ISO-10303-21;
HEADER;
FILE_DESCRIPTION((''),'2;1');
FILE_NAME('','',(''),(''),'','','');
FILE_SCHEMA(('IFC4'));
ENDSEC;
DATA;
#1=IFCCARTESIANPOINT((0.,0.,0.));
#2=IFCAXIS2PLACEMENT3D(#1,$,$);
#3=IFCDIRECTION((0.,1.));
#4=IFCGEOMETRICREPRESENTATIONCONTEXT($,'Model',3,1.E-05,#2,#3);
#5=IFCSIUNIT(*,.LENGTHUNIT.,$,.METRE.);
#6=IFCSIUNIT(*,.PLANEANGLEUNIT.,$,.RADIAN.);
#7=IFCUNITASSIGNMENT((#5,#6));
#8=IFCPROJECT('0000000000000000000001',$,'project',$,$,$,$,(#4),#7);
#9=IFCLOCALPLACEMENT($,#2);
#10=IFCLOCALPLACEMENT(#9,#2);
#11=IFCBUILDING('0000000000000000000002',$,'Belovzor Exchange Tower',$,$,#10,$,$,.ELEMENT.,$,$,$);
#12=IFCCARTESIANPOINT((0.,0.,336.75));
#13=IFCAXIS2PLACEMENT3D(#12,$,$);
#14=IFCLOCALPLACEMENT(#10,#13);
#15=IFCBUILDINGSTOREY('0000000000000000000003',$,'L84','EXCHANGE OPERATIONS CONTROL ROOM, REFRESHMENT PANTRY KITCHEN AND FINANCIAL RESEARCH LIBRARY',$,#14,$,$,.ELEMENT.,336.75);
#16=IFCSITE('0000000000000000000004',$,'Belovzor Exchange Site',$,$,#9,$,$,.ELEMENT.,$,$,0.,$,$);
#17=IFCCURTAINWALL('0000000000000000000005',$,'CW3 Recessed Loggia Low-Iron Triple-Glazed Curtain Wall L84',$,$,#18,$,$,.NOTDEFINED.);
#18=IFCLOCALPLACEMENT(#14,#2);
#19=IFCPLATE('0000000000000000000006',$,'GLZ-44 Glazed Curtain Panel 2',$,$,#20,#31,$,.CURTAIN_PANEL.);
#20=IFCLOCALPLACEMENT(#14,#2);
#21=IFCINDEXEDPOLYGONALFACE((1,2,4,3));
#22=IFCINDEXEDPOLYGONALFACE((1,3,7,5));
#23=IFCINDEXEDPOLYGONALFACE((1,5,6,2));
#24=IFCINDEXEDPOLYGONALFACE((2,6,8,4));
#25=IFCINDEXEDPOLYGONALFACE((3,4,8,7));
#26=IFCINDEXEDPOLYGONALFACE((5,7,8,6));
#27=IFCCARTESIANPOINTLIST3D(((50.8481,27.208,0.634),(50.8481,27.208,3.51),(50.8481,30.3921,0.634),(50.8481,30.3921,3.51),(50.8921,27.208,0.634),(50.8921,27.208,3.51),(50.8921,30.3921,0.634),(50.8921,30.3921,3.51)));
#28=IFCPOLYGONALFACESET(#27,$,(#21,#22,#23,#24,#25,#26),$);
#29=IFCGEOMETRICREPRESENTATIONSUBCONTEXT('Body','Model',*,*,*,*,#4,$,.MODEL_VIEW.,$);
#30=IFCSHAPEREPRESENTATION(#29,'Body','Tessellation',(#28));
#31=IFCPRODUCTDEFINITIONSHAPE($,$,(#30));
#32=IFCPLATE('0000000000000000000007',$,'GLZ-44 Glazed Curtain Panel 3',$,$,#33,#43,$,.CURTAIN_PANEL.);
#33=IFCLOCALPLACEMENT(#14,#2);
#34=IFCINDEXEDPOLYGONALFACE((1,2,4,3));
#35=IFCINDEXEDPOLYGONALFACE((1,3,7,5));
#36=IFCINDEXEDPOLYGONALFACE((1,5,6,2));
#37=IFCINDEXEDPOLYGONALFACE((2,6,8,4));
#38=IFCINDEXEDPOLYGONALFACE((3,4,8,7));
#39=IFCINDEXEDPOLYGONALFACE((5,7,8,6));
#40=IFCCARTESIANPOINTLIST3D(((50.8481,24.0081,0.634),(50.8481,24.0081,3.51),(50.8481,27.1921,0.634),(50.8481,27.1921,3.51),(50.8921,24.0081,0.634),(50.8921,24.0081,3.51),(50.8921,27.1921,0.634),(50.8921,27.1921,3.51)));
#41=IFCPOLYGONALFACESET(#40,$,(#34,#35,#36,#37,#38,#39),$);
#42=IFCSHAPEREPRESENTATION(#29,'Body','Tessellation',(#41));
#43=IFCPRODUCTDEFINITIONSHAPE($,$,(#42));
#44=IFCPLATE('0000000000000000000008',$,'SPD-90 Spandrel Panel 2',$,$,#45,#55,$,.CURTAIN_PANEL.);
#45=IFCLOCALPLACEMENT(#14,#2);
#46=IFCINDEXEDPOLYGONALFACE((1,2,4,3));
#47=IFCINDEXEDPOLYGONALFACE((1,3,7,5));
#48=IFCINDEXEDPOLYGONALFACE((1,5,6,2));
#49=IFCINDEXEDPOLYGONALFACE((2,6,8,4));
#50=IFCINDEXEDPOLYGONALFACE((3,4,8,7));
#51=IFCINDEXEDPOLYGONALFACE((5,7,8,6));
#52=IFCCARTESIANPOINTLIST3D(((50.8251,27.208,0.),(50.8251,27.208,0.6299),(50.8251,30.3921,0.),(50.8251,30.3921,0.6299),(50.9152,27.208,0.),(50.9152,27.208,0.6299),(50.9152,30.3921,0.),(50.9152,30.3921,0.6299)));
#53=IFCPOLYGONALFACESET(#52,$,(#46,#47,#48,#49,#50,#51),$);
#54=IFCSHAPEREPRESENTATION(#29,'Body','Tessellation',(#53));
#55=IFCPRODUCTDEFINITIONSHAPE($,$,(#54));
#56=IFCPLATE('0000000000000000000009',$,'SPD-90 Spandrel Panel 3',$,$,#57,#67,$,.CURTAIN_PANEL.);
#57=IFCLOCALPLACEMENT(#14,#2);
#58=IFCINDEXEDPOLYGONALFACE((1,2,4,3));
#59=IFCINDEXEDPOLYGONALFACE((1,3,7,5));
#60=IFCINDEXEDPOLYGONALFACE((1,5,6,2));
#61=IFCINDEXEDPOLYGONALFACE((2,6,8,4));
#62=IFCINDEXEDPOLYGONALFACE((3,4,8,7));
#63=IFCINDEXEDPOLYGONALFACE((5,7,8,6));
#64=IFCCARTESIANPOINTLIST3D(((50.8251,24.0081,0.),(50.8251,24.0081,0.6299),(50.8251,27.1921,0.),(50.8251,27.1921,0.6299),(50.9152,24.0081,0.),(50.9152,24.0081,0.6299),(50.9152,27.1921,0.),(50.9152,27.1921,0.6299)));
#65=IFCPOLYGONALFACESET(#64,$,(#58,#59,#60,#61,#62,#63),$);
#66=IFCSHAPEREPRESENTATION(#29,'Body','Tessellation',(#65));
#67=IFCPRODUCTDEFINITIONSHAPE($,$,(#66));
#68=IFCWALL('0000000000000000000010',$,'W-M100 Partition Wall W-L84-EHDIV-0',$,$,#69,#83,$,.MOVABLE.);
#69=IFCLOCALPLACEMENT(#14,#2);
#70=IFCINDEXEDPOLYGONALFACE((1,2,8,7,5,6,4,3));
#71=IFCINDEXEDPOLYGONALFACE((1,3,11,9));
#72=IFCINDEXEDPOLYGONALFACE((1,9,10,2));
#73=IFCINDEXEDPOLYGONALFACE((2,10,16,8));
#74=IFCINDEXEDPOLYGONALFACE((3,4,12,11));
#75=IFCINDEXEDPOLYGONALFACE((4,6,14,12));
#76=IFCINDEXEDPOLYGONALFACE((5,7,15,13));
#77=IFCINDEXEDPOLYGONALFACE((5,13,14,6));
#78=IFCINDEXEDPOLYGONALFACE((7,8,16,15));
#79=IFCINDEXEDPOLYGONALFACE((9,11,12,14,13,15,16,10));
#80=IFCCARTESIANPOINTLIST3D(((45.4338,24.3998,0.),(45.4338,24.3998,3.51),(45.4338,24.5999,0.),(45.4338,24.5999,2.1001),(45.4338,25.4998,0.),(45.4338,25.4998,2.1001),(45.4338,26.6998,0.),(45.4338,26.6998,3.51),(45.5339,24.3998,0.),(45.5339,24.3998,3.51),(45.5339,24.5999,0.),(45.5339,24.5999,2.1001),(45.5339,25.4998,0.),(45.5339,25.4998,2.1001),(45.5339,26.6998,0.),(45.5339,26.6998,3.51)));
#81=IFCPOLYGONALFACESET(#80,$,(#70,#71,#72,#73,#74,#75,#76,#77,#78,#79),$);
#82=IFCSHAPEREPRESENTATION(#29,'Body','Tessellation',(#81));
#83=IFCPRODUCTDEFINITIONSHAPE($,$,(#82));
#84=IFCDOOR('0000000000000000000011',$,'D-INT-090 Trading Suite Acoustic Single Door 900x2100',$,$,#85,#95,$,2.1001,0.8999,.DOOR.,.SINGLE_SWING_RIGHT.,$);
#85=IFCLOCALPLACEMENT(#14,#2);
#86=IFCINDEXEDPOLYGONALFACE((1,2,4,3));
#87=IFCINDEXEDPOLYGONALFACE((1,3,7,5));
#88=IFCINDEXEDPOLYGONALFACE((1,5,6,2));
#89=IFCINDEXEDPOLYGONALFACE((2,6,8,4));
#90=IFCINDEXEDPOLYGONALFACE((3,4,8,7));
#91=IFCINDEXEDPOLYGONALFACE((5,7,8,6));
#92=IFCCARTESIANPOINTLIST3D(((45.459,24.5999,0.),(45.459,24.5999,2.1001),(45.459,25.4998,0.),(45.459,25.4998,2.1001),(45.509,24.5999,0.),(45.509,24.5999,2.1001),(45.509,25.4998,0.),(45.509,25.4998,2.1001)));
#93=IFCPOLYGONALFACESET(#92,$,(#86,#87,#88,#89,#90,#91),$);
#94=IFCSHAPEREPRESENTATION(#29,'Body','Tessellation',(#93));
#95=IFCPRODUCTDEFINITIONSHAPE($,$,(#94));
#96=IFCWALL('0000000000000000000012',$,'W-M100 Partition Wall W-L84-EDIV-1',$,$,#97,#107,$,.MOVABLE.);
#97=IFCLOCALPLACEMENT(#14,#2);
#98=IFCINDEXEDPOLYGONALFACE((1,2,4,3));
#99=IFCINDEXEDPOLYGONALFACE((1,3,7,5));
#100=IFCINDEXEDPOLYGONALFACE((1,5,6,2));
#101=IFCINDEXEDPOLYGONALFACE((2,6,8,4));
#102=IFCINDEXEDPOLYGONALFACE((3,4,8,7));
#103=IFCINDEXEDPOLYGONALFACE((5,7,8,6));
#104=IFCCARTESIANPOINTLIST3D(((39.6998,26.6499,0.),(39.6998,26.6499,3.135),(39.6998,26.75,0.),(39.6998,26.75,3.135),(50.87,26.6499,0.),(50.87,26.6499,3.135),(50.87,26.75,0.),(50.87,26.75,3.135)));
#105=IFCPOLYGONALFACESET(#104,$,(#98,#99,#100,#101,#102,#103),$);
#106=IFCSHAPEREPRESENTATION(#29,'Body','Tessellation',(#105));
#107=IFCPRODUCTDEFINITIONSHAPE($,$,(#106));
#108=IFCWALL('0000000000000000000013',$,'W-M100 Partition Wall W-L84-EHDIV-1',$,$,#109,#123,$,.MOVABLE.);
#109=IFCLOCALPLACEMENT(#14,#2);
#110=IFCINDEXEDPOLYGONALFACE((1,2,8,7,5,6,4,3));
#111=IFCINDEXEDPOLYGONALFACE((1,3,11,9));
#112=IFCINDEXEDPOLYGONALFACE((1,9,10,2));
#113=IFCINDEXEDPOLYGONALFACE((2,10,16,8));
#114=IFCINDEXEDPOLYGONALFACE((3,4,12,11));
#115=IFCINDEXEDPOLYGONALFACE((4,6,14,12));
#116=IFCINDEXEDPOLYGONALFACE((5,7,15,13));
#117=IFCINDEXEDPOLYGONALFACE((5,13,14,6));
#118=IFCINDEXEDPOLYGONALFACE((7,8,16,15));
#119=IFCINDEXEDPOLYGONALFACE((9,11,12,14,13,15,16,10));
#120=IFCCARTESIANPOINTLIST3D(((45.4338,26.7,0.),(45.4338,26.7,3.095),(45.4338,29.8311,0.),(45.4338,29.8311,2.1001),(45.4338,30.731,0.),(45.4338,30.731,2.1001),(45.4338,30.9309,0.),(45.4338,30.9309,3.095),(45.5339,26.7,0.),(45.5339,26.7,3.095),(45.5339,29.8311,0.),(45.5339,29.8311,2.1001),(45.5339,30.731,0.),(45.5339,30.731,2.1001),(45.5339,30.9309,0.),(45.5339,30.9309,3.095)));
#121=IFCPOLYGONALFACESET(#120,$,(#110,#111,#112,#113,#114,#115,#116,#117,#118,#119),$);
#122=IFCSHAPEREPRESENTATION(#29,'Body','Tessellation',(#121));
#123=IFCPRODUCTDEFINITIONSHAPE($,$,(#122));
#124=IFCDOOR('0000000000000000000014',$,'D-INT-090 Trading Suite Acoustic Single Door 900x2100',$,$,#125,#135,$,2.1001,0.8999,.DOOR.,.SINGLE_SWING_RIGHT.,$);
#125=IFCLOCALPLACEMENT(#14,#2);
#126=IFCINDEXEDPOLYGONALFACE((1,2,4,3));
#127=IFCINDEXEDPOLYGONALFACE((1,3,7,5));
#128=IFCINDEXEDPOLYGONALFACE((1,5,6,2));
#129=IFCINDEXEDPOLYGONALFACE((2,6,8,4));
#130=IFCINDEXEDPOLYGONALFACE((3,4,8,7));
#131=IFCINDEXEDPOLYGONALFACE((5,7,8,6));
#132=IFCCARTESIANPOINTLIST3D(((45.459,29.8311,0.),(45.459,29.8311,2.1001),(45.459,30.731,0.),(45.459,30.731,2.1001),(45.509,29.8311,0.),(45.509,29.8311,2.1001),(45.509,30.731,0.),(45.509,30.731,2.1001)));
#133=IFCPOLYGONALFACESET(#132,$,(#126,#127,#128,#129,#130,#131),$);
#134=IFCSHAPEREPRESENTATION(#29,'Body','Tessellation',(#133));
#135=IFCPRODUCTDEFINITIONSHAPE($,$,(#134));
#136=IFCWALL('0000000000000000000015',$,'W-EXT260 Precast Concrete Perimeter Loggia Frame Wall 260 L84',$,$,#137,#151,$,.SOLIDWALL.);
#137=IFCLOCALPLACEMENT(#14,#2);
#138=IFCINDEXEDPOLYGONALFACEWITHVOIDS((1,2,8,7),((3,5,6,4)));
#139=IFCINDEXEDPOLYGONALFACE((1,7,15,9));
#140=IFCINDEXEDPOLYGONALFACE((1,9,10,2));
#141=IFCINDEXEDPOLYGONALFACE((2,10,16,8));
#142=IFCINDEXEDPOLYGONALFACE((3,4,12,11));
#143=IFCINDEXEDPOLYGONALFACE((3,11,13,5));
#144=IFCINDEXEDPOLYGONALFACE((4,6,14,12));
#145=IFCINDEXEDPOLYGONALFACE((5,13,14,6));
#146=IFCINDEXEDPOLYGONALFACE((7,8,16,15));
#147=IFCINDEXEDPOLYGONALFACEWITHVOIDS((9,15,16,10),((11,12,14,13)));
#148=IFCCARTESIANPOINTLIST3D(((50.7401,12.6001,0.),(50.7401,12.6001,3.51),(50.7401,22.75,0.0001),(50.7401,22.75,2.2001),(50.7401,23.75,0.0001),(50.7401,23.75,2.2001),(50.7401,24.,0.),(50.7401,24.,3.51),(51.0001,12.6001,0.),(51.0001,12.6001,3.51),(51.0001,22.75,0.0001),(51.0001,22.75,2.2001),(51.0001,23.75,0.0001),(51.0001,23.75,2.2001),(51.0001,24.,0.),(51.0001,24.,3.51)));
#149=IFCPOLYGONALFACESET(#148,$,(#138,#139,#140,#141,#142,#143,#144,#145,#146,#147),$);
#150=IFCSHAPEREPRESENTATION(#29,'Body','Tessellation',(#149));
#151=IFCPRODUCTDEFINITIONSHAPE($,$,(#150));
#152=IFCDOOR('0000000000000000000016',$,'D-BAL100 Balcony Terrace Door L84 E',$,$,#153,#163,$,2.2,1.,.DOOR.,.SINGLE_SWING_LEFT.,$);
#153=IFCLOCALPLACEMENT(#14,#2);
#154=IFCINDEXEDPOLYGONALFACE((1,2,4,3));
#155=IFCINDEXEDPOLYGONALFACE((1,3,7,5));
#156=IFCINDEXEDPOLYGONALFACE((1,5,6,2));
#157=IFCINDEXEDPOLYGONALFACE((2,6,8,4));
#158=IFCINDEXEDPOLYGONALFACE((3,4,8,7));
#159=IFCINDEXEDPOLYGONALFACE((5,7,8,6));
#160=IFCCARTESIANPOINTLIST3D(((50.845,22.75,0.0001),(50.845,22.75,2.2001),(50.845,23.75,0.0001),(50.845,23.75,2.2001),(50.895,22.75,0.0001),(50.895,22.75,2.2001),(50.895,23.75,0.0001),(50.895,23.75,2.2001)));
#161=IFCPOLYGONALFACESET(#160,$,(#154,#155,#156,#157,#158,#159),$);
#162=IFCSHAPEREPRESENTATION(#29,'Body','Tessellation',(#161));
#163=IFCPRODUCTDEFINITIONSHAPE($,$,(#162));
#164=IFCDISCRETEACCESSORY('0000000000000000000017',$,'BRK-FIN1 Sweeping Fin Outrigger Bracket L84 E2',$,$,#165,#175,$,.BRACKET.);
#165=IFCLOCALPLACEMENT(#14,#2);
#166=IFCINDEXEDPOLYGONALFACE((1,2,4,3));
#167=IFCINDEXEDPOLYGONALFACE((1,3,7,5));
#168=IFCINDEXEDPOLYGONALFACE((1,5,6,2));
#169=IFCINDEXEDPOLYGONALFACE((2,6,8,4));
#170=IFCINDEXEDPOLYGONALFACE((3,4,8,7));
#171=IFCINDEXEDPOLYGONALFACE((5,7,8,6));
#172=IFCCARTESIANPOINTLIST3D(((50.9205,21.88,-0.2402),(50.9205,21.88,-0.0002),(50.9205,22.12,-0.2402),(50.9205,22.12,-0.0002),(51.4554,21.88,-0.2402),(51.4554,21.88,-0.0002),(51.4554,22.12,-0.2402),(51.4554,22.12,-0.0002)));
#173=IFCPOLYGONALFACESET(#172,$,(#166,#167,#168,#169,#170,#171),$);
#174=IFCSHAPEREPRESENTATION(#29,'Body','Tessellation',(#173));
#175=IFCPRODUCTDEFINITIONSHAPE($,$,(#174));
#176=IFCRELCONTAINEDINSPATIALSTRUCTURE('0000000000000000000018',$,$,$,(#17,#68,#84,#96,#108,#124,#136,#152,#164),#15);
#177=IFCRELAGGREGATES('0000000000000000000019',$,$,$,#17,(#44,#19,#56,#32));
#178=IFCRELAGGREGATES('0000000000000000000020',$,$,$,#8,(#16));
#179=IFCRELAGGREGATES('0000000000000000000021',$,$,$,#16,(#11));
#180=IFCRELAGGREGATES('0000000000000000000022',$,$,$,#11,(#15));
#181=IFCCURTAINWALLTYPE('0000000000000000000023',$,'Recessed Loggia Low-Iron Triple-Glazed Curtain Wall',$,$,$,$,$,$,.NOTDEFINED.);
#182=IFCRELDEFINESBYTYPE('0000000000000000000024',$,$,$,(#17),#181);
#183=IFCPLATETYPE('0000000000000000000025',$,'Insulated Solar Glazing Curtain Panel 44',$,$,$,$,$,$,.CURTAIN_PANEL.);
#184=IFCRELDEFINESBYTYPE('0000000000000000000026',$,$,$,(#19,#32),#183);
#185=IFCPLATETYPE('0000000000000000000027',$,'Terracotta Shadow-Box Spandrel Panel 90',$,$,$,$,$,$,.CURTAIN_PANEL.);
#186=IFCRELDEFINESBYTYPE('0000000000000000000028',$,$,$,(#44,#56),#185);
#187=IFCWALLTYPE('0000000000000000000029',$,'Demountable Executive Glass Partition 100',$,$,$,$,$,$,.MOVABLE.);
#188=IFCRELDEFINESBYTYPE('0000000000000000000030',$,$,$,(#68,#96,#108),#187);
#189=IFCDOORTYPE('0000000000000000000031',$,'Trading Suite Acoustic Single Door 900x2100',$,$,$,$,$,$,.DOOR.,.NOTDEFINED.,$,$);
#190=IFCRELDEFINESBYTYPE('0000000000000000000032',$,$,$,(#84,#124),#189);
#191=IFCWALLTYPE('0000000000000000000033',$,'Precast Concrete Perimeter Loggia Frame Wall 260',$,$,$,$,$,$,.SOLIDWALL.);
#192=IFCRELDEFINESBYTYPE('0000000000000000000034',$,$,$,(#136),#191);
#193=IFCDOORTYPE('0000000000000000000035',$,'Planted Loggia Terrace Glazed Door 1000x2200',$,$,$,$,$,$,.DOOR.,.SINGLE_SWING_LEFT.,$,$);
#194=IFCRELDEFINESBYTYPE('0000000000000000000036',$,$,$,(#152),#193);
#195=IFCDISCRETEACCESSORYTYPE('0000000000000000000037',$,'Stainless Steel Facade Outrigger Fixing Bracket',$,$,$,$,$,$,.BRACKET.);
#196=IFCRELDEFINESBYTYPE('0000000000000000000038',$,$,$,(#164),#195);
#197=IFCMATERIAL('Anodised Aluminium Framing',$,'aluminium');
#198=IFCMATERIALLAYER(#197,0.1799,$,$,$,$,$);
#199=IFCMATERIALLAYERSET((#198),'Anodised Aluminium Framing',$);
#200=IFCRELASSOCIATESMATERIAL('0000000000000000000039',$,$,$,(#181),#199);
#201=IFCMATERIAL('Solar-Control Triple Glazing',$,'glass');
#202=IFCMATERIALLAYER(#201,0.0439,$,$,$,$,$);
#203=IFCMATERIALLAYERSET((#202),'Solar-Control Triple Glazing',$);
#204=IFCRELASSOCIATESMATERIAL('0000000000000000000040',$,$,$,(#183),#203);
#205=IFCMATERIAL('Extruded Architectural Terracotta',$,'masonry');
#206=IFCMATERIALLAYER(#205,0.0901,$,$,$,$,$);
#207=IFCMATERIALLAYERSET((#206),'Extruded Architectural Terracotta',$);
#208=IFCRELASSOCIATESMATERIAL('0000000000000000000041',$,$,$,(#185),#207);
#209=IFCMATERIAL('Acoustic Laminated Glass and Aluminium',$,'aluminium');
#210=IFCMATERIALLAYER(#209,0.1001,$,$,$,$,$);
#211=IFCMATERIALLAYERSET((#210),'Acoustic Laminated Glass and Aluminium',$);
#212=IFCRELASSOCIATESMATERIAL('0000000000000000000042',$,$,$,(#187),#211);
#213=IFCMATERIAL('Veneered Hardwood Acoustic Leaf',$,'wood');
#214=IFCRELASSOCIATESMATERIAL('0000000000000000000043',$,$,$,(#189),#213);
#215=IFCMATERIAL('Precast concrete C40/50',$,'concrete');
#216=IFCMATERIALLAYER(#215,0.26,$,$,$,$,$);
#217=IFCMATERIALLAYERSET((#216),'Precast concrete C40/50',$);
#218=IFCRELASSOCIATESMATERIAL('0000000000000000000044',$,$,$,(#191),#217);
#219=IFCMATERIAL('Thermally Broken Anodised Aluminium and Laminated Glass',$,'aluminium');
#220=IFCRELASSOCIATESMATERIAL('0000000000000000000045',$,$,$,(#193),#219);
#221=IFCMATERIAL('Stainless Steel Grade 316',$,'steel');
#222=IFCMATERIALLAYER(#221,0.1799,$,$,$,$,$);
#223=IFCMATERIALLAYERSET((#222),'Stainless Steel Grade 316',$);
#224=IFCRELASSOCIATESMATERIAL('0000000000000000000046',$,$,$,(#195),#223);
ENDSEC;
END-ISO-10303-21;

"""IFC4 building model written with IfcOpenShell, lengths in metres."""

from ifc_helpers import new_model, si_unit, direction, frame, frame_2d, origin, origin_2d, place, context, subcontext, project, spatial, rectangle, extrude, material, layer, layer_set, type_object, element, fill, aggregate, save


model = new_model("IFC4")

# Units and contexts
model_context = context("Model", 3, precision=1e-05, world=origin(), true_north=direction((0.0, 1.0)))
body_context = subcontext(model_context, "Body", "Model", "MODEL_VIEW")
ifc_project = project(units=[si_unit("LENGTHUNIT", "METRE"), si_unit("PLANEANGLEUNIT", "RADIAN")], contexts=[model_context])

# Site, building, storey
site_placement = place(None, origin())
site = spatial("IfcSite", under=ifc_project, at=site_placement, Name="Belovzor Exchange Site", CompositionType="ELEMENT", RefElevation=0.0)
building_placement = place(site_placement, origin())
building = spatial("IfcBuilding", under=site, at=building_placement, Name="Belovzor Exchange Tower", CompositionType="ELEMENT")
storey_placement = place(building_placement, frame((0.0, 0.0, 336.75)))
storey = spatial("IfcBuildingStorey", under=building, at=storey_placement, Name="L84", Description="EXCHANGE OPERATIONS CONTROL ROOM, REFRESHMENT PANTRY KITCHEN AND FINANCIAL RESEARCH LIBRARY", CompositionType="ELEMENT", Elevation=336.75)

# Curtain wall
ifc_material_1 = material(Name="Anodised Aluminium Framing", Category="aluminium")
ifc_layer_1 = layer(ifc_material_1, 0.1799)
ifc_layer_set_1 = layer_set([ifc_layer_1], Name="Anodised Aluminium Framing")
curtain_wall_type = type_object("IfcCurtainWallType", Name="Recessed Loggia Low-Iron Triple-Glazed Curtain Wall", PredefinedType="NOTDEFINED", material=ifc_layer_set_1)
curtain_wall_placement = place(storey_placement, origin())
curtain_wall = element("IfcCurtainWall", 1, at=curtain_wall_placement, inside=storey, type_object=curtain_wall_type, Name="CW3 Recessed Loggia Low-Iron Triple-Glazed Curtain Wall L84", PredefinedType="NOTDEFINED")

# Plates
ifc_material_2 = material(Name="Solar-Control Triple Glazing", Category="glass")
ifc_layer_2 = layer(ifc_material_2, 0.0439)
ifc_layer_set_2 = layer_set([ifc_layer_2], Name="Solar-Control Triple Glazing")
plate_type_1 = type_object("IfcPlateType", Name="Insulated Solar Glazing Curtain Panel 44", PredefinedType="CURTAIN_PANEL", material=ifc_layer_set_2)
plate_1_placement = place(storey_placement, frame((50.8701, 28.8, 0.634), z_axis=(0.0, 0.0, 1.0), x_axis=(0.0, -1.0, 0.0)))
plate_1 = element("IfcPlate", 2, at=plate_1_placement, type_object=plate_type_1, Name="GLZ-44 Glazed Curtain Panel 2", PredefinedType="CURTAIN_PANEL", context=body_context, shape_type="SweptSolid", body=[
    extrude(rectangle(XDim=3.1841, YDim=0.0439, at=origin_2d()), origin(), (0.0, 0.0, 1.0), 2.876),
])
plate_2_placement = place(storey_placement, frame((50.8701, 25.6001, 0.634), z_axis=(0.0, 0.0, 1.0), x_axis=(0.0, -1.0, 0.0)))
plate_2 = element("IfcPlate", 3, at=plate_2_placement, type_object=plate_type_1, Name="GLZ-44 Glazed Curtain Panel 3", PredefinedType="CURTAIN_PANEL", context=body_context, shape_type="SweptSolid", body=[
    extrude(rectangle(XDim=3.1841, YDim=0.0439, at=origin_2d()), origin(), (0.0, 0.0, 1.0), 2.876),
])
ifc_material_3 = material(Name="Extruded Architectural Terracotta", Category="masonry")
ifc_layer_3 = layer(ifc_material_3, 0.0901)
ifc_layer_set_3 = layer_set([ifc_layer_3], Name="Extruded Architectural Terracotta")
plate_type_2 = type_object("IfcPlateType", Name="Terracotta Shadow-Box Spandrel Panel 90", PredefinedType="CURTAIN_PANEL", material=ifc_layer_set_3)
plate_3_placement = place(storey_placement, frame((50.8701, 28.8, 0.0), z_axis=(0.0, 0.0, 1.0), x_axis=(0.0, -1.0, 0.0)))
plate_3 = element("IfcPlate", 4, at=plate_3_placement, type_object=plate_type_2, Name="SPD-90 Spandrel Panel 2", PredefinedType="CURTAIN_PANEL", context=body_context, shape_type="SweptSolid", body=[
    extrude(rectangle(XDim=3.1841, YDim=0.0901, at=origin_2d()), origin(), (0.0, 0.0, 1.0), 0.6299),
])
plate_4_placement = place(storey_placement, frame((50.8701, 25.6001, 0.0), z_axis=(0.0, 0.0, 1.0), x_axis=(0.0, -1.0, 0.0)))
plate_4 = element("IfcPlate", 5, at=plate_4_placement, type_object=plate_type_2, Name="SPD-90 Spandrel Panel 3", PredefinedType="CURTAIN_PANEL", context=body_context, shape_type="SweptSolid", body=[
    extrude(rectangle(XDim=3.1841, YDim=0.0901, at=origin_2d()), origin(), (0.0, 0.0, 1.0), 0.6299),
])
aggregate(curtain_wall, [plate_3, plate_1, plate_4, plate_2])

# Wall, opening, door
ifc_material_4 = material(Name="Acoustic Laminated Glass and Aluminium", Category="aluminium")
ifc_layer_4 = layer(ifc_material_4, 0.1001)
ifc_layer_set_4 = layer_set([ifc_layer_4], Name="Acoustic Laminated Glass and Aluminium")
wall_type_1 = type_object("IfcWallType", Name="Demountable Executive Glass Partition 100", PredefinedType="MOVABLE", material=ifc_layer_set_4)
wall_1_placement = place(storey_placement, frame((45.4839, 24.3999, 0.0), z_axis=(0.0, 0.0, 1.0), x_axis=(0.0, 1.0, 0.0)))
wall_1 = element("IfcWall", 6, at=wall_1_placement, inside=storey, type_object=wall_type_1, Name="W-M100 Partition Wall W-L84-EHDIV-0", PredefinedType="MOVABLE", context=body_context, shape_type="SweptSolid", body=[
    extrude(rectangle(XDim=2.3, YDim=0.1001, at=frame_2d((1.1499, 0.0))), origin(), (0.0, 0.0, 1.0), 3.51),
])
opening_1_placement = place(wall_1_placement, frame((0.2, 0.0, 0.0)))
opening_1 = element("IfcOpeningElement", 7, at=opening_1_placement, cuts=wall_1, PredefinedType="OPENING", context=body_context, shape_type="SweptSolid", body=[
    extrude(rectangle(XDim=0.8999, YDim=2.1001, at=frame_2d((0.45, 1.05))), frame((0.0, 0.0601, 0.0), z_axis=(0.0, -1.0, 0.0), x_axis=(1.0, 0.0, 0.0)), (0.0, 0.0, 1.0), 0.1201),
])
ifc_material_5 = material(Name="Veneered Hardwood Acoustic Leaf", Category="wood")
door_type_1 = type_object("IfcDoorType", Name="Trading Suite Acoustic Single Door 900x2100", OperationType="NOTDEFINED", PredefinedType="DOOR", material=ifc_material_5)
door_1_placement = place(opening_1_placement, origin())
door_1 = element("IfcDoor", 8, at=door_1_placement, inside=storey, type_object=door_type_1, Name="D-INT-090 Trading Suite Acoustic Single Door 900x2100", OperationType="SINGLE_SWING_RIGHT", OverallHeight=2.1001, OverallWidth=0.8999, PredefinedType="DOOR", context=body_context, shape_type="SweptSolid", body=[
    extrude(rectangle(XDim=0.8999, YDim=2.1001, at=frame_2d((0.45, 1.05))), frame((0.0, 0.0249, 0.0), z_axis=(0.0, -1.0, 0.0), x_axis=(1.0, 0.0, 0.0)), (0.0, 0.0, 1.0), 0.05),
])
fill(opening_1, door_1)

# Wall
wall_2_placement = place(storey_placement, frame((39.7, 26.7, 0.0), z_axis=(0.0, 0.0, 1.0), x_axis=(1.0, 0.0, 0.0)))
element("IfcWall", 9, at=wall_2_placement, inside=storey, type_object=wall_type_1, Name="W-M100 Partition Wall W-L84-EDIV-1", PredefinedType="MOVABLE", context=body_context, shape_type="SweptSolid", body=[
    extrude(rectangle(XDim=11.1702, YDim=0.1001, at=frame_2d((5.585, 0.0))), origin(), (0.0, 0.0, 1.0), 3.135),
])

# Walls, openings, doors
wall_3_placement = place(storey_placement, frame((45.4839, 26.7, 0.0), z_axis=(0.0, 0.0, 1.0), x_axis=(0.0, 1.0, 0.0)))
wall_3 = element("IfcWall", 10, at=wall_3_placement, inside=storey, type_object=wall_type_1, Name="W-M100 Partition Wall W-L84-EHDIV-1", PredefinedType="MOVABLE", context=body_context, shape_type="SweptSolid", body=[
    extrude(rectangle(XDim=4.231, YDim=0.1001, at=frame_2d((2.1155, 0.0))), origin(), (0.0, 0.0, 1.0), 3.095),
])
opening_2_placement = place(wall_3_placement, frame((3.1311, 0.0, 0.0)))
opening_2 = element("IfcOpeningElement", 11, at=opening_2_placement, cuts=wall_3, PredefinedType="OPENING", context=body_context, shape_type="SweptSolid", body=[
    extrude(rectangle(XDim=0.8999, YDim=2.1001, at=frame_2d((0.45, 1.05))), frame((0.0, 0.0601, 0.0), z_axis=(0.0, -1.0, 0.0), x_axis=(1.0, 0.0, 0.0)), (0.0, 0.0, 1.0), 0.1201),
])
door_2_placement = place(opening_2_placement, origin())
door_2 = element("IfcDoor", 12, at=door_2_placement, inside=storey, type_object=door_type_1, Name="D-INT-090 Trading Suite Acoustic Single Door 900x2100", OperationType="SINGLE_SWING_RIGHT", OverallHeight=2.1001, OverallWidth=0.8999, PredefinedType="DOOR", context=body_context, shape_type="SweptSolid", body=[
    extrude(rectangle(XDim=0.8999, YDim=2.1001, at=frame_2d((0.45, 1.05))), frame((0.0, 0.0249, 0.0), z_axis=(0.0, -1.0, 0.0), x_axis=(1.0, 0.0, 0.0)), (0.0, 0.0, 1.0), 0.05),
])
fill(opening_2, door_2)
ifc_material_6 = material(Name="Precast concrete C40/50", Category="concrete")
ifc_layer_5 = layer(ifc_material_6, 0.26)
ifc_layer_set_5 = layer_set([ifc_layer_5], Name="Precast concrete C40/50")
wall_type_2 = type_object("IfcWallType", Name="Precast Concrete Perimeter Loggia Frame Wall 260", PredefinedType="SOLIDWALL", material=ifc_layer_set_5)
wall_4_placement = place(storey_placement, frame((50.8701, 24.0, 0.0), z_axis=(0.0, 0.0, 1.0), x_axis=(0.0, -1.0, 0.0)))
wall_4 = element("IfcWall", 13, at=wall_4_placement, inside=storey, type_object=wall_type_2, Name="W-EXT260 Precast Concrete Perimeter Loggia Frame Wall 260 L84", PredefinedType="SOLIDWALL", context=body_context, shape_type="SweptSolid", body=[
    extrude(rectangle(XDim=11.3999, YDim=0.26, at=frame_2d((5.7, 0.0))), origin(), (0.0, 0.0, 1.0), 3.51),
])
opening_3_placement = place(wall_4_placement, frame((0.25, 0.0, 0.0)))
opening_3 = element("IfcOpeningElement", 14, at=opening_3_placement, cuts=wall_4, PredefinedType="OPENING", context=body_context, shape_type="SweptSolid", body=[
    extrude(rectangle(XDim=1.0, YDim=2.2, at=frame_2d((0.5, 1.1001))), frame((0.0, 0.1399, 0.0), z_axis=(0.0, -1.0, 0.0), x_axis=(1.0, 0.0, 0.0)), (0.0, 0.0, 1.0), 0.28),
])
ifc_material_7 = material(Name="Thermally Broken Anodised Aluminium and Laminated Glass", Category="aluminium")
door_type_2 = type_object("IfcDoorType", Name="Planted Loggia Terrace Glazed Door 1000x2200", OperationType="SINGLE_SWING_LEFT", PredefinedType="DOOR", material=ifc_material_7)
door_3_placement = place(opening_3_placement, origin())
door_3 = element("IfcDoor", 15, at=door_3_placement, inside=storey, type_object=door_type_2, Name="D-BAL100 Balcony Terrace Door L84 E", OperationType="SINGLE_SWING_LEFT", OverallHeight=2.2, OverallWidth=1.0, PredefinedType="DOOR", context=body_context, shape_type="SweptSolid", body=[
    extrude(rectangle(XDim=1.0, YDim=2.2, at=frame_2d((0.5, 1.1001))), frame((0.0, 0.0249, 0.0), z_axis=(0.0, -1.0, 0.0), x_axis=(1.0, 0.0, 0.0)), (0.0, 0.0, 1.0), 0.05),
])
fill(opening_3, door_3)

# Discrete accessory
ifc_material_8 = material(Name="Stainless Steel Grade 316", Category="steel")
ifc_layer_6 = layer(ifc_material_8, 0.1799)
ifc_layer_set_6 = layer_set([ifc_layer_6], Name="Stainless Steel Grade 316")
discrete_accessory_type = type_object("IfcDiscreteAccessoryType", Name="Stainless Steel Facade Outrigger Fixing Bracket", PredefinedType="BRACKET", material=ifc_layer_set_6)
discrete_accessory_placement = place(storey_placement, frame((51.188, 22.0, -0.2402), z_axis=(0.0, 0.0, 1.0), x_axis=(1.0, 0.0, 0.0)))
element("IfcDiscreteAccessory", 16, at=discrete_accessory_placement, inside=storey, type_object=discrete_accessory_type, Name="BRK-FIN1 Sweeping Fin Outrigger Bracket L84 E2", PredefinedType="BRACKET", context=body_context, shape_type="SweptSolid", body=[
    extrude(rectangle(XDim=0.5349, YDim=0.24, at=origin_2d()), origin(), (0.0, 0.0, 1.0), 0.24),
])

save(model, "model.ifc")
